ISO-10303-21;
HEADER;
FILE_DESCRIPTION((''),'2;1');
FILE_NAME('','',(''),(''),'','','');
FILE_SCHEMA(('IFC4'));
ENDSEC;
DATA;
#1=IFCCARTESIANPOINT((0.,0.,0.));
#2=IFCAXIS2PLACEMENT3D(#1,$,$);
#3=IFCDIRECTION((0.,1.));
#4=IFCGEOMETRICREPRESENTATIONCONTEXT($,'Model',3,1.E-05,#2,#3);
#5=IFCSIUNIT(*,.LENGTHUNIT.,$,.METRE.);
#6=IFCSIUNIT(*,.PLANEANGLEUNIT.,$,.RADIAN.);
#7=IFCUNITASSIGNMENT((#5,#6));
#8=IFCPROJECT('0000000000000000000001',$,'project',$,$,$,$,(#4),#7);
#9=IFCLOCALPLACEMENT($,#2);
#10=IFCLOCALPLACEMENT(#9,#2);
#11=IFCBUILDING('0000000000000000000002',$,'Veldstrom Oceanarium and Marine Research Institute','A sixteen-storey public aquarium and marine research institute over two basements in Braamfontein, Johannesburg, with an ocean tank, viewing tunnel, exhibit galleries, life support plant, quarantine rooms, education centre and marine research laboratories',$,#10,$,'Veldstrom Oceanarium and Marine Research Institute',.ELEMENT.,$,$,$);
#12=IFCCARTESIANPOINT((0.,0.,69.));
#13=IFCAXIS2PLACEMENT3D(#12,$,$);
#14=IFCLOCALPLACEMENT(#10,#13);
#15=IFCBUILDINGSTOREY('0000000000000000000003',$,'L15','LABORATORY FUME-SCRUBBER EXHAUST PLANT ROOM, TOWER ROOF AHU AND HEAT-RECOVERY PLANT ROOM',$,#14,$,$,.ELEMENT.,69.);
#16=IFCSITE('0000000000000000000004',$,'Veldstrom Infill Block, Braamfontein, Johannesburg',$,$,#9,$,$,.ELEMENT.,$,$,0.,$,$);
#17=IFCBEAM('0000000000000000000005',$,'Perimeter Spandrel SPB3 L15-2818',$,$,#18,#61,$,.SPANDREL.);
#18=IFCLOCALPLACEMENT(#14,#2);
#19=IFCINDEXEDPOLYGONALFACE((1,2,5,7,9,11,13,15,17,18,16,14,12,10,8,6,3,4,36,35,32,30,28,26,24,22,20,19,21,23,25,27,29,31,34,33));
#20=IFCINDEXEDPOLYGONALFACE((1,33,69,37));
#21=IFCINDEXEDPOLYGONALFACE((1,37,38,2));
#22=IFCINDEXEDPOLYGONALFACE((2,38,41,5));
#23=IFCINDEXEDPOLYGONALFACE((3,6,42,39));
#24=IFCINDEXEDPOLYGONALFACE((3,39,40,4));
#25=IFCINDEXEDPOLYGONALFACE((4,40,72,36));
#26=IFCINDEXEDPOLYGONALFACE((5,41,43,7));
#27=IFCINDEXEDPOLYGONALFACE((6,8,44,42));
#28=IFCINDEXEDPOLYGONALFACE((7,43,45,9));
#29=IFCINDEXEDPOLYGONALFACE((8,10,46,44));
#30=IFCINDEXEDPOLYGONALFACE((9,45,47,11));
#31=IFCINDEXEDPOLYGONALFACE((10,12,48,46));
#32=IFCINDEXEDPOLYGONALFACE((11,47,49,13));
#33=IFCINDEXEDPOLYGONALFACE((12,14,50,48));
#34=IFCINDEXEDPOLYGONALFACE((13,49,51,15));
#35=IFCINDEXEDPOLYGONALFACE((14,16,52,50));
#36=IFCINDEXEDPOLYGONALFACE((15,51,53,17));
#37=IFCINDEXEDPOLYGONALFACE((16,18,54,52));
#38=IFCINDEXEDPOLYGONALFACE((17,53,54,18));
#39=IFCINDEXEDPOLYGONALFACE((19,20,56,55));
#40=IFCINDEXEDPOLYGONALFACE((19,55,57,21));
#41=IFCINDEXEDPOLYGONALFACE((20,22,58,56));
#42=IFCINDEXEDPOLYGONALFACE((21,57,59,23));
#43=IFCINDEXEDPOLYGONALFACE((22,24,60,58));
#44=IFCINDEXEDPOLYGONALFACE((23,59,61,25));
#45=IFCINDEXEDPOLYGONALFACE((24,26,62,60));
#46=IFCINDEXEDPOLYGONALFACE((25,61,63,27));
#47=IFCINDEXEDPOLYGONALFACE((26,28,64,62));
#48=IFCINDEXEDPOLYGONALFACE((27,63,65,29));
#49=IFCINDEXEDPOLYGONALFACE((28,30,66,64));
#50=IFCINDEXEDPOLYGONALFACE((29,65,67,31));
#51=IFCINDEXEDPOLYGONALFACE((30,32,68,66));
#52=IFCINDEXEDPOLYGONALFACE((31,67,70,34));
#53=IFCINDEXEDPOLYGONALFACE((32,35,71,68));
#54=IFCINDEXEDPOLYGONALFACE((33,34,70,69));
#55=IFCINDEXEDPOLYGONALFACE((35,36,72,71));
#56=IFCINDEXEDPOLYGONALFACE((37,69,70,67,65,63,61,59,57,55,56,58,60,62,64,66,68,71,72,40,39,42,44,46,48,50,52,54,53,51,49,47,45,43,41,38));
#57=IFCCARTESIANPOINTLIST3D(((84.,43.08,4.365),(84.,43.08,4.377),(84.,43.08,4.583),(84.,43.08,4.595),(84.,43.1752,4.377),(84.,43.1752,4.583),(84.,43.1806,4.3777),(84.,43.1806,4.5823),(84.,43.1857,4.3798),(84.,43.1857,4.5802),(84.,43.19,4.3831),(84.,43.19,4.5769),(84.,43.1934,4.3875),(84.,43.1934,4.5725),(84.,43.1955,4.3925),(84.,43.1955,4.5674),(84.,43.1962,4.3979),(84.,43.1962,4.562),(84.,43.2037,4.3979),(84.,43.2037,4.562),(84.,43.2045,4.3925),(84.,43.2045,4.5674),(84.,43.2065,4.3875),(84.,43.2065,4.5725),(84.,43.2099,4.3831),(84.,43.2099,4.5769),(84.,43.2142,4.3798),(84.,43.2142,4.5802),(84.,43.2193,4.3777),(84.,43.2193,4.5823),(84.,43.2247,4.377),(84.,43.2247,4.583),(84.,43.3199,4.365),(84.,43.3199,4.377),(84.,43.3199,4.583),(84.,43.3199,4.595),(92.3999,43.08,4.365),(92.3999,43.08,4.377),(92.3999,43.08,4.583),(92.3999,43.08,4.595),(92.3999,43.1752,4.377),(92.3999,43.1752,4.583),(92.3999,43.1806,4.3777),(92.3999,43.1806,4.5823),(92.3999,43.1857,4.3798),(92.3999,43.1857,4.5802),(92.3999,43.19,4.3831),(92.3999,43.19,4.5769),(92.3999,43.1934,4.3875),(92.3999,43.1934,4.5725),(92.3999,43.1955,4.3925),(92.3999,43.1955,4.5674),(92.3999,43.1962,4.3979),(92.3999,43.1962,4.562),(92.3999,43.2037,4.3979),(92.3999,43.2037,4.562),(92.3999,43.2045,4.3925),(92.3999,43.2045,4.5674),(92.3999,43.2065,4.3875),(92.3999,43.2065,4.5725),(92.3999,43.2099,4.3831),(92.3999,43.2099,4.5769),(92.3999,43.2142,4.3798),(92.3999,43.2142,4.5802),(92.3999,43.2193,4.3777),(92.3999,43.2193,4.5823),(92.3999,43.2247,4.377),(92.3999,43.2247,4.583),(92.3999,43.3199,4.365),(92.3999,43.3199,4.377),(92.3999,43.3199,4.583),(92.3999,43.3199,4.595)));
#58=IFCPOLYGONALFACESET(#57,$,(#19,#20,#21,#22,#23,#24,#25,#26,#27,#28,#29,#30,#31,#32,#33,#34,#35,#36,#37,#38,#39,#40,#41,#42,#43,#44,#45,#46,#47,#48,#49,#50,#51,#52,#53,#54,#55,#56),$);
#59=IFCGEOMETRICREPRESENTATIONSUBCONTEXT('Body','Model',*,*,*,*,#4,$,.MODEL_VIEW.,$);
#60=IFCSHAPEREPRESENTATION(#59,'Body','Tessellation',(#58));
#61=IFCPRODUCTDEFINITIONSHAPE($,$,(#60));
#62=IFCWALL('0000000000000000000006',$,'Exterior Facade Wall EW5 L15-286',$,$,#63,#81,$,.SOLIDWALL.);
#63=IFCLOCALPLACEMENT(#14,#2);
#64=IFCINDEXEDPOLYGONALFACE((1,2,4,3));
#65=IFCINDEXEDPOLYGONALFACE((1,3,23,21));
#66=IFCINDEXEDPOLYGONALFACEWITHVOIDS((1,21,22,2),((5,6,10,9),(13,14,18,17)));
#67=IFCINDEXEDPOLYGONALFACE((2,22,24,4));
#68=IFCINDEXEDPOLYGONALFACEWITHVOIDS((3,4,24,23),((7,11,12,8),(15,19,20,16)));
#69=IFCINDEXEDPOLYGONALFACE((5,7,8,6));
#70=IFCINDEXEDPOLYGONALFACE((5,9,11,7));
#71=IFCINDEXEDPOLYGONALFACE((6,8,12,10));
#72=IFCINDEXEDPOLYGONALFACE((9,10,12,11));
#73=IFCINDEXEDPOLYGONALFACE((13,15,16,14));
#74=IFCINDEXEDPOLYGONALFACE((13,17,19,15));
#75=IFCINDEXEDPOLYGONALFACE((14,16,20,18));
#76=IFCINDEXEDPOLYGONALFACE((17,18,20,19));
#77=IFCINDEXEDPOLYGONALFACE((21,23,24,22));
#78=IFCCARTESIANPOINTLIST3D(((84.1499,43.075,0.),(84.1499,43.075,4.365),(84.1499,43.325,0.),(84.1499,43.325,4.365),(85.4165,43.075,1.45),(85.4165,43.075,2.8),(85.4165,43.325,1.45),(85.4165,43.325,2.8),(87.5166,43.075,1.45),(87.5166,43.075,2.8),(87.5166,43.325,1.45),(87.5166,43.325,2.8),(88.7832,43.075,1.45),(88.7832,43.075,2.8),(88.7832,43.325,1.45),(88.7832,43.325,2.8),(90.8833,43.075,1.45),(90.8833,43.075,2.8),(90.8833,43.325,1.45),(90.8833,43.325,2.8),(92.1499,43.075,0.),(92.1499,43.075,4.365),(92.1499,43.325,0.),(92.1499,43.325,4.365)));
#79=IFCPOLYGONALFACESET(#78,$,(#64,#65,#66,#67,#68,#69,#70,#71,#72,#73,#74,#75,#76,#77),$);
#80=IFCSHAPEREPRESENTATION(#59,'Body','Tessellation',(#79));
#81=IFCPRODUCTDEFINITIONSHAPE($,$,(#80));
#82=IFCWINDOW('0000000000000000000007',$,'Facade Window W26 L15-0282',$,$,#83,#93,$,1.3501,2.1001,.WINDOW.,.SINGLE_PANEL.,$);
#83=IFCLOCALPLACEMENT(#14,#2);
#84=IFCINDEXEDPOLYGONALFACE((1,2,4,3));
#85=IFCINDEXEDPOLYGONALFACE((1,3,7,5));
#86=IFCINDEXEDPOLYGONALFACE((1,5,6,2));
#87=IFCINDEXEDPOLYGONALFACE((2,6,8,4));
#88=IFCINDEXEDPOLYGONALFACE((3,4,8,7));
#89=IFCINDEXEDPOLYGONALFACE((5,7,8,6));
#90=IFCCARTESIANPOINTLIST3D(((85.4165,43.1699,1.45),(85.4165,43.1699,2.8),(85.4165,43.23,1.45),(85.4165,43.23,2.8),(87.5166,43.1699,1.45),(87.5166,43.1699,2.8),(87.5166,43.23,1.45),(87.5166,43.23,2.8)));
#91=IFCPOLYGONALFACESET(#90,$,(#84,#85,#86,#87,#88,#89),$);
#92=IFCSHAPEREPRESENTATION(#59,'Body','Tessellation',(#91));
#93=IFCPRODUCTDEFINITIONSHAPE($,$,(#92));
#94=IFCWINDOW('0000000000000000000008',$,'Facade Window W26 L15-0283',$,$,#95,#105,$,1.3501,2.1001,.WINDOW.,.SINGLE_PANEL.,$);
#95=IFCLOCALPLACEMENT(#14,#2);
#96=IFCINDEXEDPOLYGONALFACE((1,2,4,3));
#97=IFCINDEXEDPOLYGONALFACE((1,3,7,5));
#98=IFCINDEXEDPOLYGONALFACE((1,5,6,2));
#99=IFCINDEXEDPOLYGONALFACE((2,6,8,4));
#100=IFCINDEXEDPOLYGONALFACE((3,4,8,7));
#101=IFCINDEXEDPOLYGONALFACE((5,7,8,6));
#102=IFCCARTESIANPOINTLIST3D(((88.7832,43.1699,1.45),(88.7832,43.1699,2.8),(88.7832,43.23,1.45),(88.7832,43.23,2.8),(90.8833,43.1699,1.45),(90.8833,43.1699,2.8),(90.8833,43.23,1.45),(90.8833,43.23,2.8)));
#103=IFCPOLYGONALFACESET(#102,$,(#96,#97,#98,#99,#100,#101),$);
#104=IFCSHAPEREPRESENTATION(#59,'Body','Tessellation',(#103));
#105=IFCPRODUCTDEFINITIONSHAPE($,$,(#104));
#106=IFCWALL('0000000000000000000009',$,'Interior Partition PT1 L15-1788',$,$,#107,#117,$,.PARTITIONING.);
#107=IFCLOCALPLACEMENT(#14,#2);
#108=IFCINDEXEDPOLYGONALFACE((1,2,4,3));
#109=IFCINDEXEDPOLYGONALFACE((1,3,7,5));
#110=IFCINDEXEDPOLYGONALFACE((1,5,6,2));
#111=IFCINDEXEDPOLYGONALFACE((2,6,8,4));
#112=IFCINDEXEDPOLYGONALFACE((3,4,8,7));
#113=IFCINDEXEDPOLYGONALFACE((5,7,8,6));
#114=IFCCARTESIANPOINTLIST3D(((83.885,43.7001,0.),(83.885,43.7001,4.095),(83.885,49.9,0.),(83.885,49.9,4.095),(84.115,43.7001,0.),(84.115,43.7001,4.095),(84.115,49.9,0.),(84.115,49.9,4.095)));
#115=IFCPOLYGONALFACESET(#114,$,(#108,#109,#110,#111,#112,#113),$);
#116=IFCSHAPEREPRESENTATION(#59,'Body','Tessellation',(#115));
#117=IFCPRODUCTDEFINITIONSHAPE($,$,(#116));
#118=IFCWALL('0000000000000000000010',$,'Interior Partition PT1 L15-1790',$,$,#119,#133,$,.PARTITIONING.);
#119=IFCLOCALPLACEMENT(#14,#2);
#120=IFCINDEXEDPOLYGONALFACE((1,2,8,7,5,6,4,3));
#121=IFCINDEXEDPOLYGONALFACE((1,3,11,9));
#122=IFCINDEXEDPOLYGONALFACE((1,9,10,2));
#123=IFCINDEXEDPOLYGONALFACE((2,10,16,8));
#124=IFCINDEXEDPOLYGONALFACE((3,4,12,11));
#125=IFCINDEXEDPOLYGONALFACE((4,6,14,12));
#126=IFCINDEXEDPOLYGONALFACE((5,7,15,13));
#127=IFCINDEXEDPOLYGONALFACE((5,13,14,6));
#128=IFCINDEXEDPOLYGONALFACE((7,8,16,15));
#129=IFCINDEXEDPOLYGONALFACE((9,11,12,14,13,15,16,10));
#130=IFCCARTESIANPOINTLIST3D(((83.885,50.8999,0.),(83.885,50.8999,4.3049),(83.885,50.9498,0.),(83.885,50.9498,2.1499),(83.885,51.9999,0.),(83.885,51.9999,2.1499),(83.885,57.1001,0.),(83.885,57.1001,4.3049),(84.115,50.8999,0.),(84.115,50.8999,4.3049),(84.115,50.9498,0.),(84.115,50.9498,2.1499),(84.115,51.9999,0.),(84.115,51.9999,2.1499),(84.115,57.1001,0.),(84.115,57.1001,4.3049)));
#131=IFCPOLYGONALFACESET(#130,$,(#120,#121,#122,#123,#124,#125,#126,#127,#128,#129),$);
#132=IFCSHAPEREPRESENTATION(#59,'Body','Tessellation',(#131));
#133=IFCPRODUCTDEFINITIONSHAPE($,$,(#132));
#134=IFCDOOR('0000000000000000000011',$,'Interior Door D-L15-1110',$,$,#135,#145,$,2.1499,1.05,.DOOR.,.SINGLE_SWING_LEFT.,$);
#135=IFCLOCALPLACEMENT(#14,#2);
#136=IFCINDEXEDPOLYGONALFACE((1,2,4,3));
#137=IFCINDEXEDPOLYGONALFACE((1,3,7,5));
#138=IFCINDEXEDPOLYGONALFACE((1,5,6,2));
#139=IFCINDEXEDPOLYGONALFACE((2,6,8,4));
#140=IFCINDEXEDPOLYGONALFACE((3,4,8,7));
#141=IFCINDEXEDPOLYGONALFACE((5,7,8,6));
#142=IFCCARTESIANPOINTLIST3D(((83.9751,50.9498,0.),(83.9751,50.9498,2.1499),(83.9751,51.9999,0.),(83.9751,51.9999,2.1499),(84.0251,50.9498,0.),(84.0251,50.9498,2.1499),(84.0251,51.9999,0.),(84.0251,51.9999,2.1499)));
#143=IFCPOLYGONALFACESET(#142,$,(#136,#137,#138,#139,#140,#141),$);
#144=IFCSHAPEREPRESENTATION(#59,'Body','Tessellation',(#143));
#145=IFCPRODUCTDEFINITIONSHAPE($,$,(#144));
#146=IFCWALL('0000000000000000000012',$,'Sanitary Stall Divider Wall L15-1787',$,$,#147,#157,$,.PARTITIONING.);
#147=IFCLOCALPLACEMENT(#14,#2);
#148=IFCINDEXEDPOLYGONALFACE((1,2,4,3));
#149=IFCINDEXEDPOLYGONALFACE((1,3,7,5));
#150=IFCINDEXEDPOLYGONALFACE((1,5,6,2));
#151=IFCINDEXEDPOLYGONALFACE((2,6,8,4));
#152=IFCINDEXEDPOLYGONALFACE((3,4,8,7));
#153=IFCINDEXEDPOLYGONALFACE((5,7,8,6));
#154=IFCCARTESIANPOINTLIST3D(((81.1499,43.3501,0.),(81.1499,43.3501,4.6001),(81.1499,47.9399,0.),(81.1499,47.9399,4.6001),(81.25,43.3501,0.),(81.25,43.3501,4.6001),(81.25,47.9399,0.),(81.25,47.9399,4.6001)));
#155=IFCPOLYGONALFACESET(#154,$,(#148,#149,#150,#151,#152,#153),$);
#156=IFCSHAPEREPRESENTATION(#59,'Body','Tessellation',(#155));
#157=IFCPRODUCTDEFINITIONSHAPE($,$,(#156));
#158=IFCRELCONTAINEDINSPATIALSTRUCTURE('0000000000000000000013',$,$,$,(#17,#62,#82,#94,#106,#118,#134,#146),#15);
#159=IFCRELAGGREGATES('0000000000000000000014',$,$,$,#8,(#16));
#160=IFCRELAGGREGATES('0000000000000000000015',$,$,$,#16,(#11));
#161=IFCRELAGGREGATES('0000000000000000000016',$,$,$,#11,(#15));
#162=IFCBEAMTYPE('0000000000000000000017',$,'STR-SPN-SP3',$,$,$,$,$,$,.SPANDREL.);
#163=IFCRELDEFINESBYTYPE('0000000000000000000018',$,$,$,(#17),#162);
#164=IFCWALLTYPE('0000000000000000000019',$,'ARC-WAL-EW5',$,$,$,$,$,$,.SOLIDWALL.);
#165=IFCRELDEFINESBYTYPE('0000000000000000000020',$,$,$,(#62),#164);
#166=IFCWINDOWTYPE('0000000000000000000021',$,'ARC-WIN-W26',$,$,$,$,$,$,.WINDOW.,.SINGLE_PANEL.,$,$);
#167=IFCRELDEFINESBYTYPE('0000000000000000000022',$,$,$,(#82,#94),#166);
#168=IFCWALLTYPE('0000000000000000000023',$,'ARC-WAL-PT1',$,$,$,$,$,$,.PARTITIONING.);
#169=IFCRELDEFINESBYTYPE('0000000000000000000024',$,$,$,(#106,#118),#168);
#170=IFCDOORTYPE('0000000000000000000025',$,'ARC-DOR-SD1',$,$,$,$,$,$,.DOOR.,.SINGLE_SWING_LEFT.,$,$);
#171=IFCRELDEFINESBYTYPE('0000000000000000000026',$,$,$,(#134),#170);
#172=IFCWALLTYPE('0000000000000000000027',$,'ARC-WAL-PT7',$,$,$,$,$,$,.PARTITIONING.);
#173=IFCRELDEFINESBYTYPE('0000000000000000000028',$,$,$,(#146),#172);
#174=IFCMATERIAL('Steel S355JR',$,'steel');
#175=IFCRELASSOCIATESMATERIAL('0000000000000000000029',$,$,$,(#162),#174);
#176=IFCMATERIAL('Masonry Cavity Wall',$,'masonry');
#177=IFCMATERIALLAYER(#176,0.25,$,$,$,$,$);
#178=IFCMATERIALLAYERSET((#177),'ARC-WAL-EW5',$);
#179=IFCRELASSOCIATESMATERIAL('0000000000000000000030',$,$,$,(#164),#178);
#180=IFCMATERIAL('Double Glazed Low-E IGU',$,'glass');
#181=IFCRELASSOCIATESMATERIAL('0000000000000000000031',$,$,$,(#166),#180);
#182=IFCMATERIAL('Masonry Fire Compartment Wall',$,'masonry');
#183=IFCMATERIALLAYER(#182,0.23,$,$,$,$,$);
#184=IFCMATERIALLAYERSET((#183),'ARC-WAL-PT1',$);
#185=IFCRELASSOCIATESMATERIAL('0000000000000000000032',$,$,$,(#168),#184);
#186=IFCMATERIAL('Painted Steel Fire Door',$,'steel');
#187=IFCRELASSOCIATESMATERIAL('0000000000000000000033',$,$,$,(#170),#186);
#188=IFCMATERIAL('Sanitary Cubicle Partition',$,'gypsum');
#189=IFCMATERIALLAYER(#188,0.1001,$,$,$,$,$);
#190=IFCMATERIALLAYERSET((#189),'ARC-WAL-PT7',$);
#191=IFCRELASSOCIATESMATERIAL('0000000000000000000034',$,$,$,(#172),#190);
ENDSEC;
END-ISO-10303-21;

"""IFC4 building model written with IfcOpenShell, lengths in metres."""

from ifc_helpers import new_model, si_unit, direction, frame, frame_2d, origin, origin_2d, place, context, subcontext, project, spatial, rectangle, i_section, extrude, material, layer, layer_set, material_profile, profile_set, type_object, element, fill, save


model = new_model("IFC4")

# Units and contexts
model_context = context("Model", 3, precision=1e-05, world=origin(), true_north=direction((0.0, 1.0)))
body_context = subcontext(model_context, "Body", "Model", "MODEL_VIEW")
ifc_project = project(units=[si_unit("LENGTHUNIT", "METRE"), si_unit("PLANEANGLEUNIT", "RADIAN")], contexts=[model_context])

# Site, building, storey
site_placement = place(None, origin())
site = spatial("IfcSite", under=ifc_project, at=site_placement, Name="Veldstrom Infill Block, Braamfontein, Johannesburg", CompositionType="ELEMENT", RefElevation=0.0)
building_placement = place(site_placement, origin())
building = spatial("IfcBuilding", under=site, at=building_placement, Name="Veldstrom Oceanarium and Marine Research Institute", Description="A sixteen-storey public aquarium and marine research institute over two basements in Braamfontein, Johannesburg, with an ocean tank, viewing tunnel, exhibit galleries, life support plant, quarantine rooms, education centre and marine research laboratories", LongName="Veldstrom Oceanarium and Marine Research Institute", CompositionType="ELEMENT")
storey_placement = place(building_placement, frame((0.0, 0.0, 69.0)))
storey = spatial("IfcBuildingStorey", under=building, at=storey_placement, Name="L15", Description="LABORATORY FUME-SCRUBBER EXHAUST PLANT ROOM, TOWER ROOF AHU AND HEAT-RECOVERY PLANT ROOM", CompositionType="ELEMENT", Elevation=69.0)

# Beam
ifc_material_1 = material(Name="Steel S355JR", Category="steel")
ifc_material_profile_1 = material_profile(ifc_material_1, i_section(OverallWidth=0.24, OverallDepth=0.23, WebThickness=0.0076, FlangeThickness=0.012, FilletRadius=0.021, at=origin_2d()), Name="HEA 240")
ifc_profile_set_1 = profile_set([ifc_material_profile_1], Name="Steel S355JR")
beam_type_1 = type_object("IfcBeamType", Name="STR-SPN-SP3", PredefinedType="SPANDREL", material=ifc_profile_set_1)
beam_1_placement = place(storey_placement, frame((84.0, 43.2, 4.48), z_axis=(1.0, 0.0, 0.0), x_axis=(0.0, 1.0, 0.0)))
element("IfcBeam", 1, at=beam_1_placement, inside=storey, type_object=beam_type_1, Name="Perimeter Spandrel SPB3 L15-2818", PredefinedType="SPANDREL", context=body_context, shape_type="SweptSolid", body=[
    extrude(i_section(OverallWidth=0.24, OverallDepth=0.23, WebThickness=0.0076, FlangeThickness=0.012, FilletRadius=0.021, at=origin_2d()), origin(), (0.0, 0.0, 1.0), 8.3999),
])

# Wall, openings, windows
ifc_material_2 = material(Name="Masonry Cavity Wall", Category="masonry")
ifc_layer_1 = layer(ifc_material_2, 0.25)
ifc_layer_set_1 = layer_set([ifc_layer_1], Name="ARC-WAL-EW5")
wall_type_1 = type_object("IfcWallType", Name="ARC-WAL-EW5", PredefinedType="SOLIDWALL", material=ifc_layer_set_1)
wall_1_placement = place(storey_placement, frame((84.1499, 43.2, 0.0), z_axis=(0.0, 0.0, 1.0), x_axis=(1.0, 0.0, 0.0)))
wall_1 = element("IfcWall", 2, at=wall_1_placement, inside=storey, type_object=wall_type_1, Name="Exterior Facade Wall EW5 L15-286", PredefinedType="SOLIDWALL", context=body_context, shape_type="SweptSolid", body=[
    extrude(rectangle(XDim=8.0, YDim=0.25, at=frame_2d((4.0, 0.0))), origin(), (0.0, 0.0, 1.0), 4.365),
])
opening_1_placement = place(wall_1_placement, frame((1.2666, 0.0, 1.45)))
opening_1 = element("IfcOpeningElement", 3, at=opening_1_placement, cuts=wall_1, PredefinedType="OPENING", context=body_context, shape_type="SweptSolid", body=[
    extrude(rectangle(XDim=2.1001, YDim=1.3501, at=frame_2d((1.05, 0.675))), frame((0.0, 0.135, 0.0), z_axis=(0.0, -1.0, 0.0), x_axis=(1.0, 0.0, 0.0)), (0.0, 0.0, 1.0), 0.27),
])
opening_2_placement = place(wall_1_placement, frame((4.6333, 0.0, 1.45)))
opening_2 = element("IfcOpeningElement", 4, at=opening_2_placement, cuts=wall_1, PredefinedType="OPENING", context=body_context, shape_type="SweptSolid", body=[
    extrude(rectangle(XDim=2.1001, YDim=1.3501, at=frame_2d((1.05, 0.675))), frame((0.0, 0.135, 0.0), z_axis=(0.0, -1.0, 0.0), x_axis=(1.0, 0.0, 0.0)), (0.0, 0.0, 1.0), 0.27),
])
ifc_material_3 = material(Name="Double Glazed Low-E IGU", Category="glass")
window_type = type_object("IfcWindowType", Name="ARC-WIN-W26", PartitioningType="SINGLE_PANEL", PredefinedType="WINDOW", material=ifc_material_3)
window_1_placement = place(opening_1_placement, origin())
window_1 = element("IfcWindow", 5, at=window_1_placement, inside=storey, type_object=window_type, Name="Facade Window W26 L15-0282", OverallHeight=1.3501, OverallWidth=2.1001, PartitioningType="SINGLE_PANEL", PredefinedType="WINDOW", context=body_context, shape_type="SweptSolid", body=[
    extrude(rectangle(XDim=2.1001, YDim=1.3501, at=frame_2d((1.05, 0.675))), frame((0.0, 0.03, 0.0), z_axis=(0.0, -1.0, 0.0), x_axis=(1.0, 0.0, 0.0)), (0.0, 0.0, 1.0), 0.0601),
])
fill(opening_1, window_1)
window_2_placement = place(opening_2_placement, origin())
window_2 = element("IfcWindow", 6, at=window_2_placement, inside=storey, type_object=window_type, Name="Facade Window W26 L15-0283", OverallHeight=1.3501, OverallWidth=2.1001, PartitioningType="SINGLE_PANEL", PredefinedType="WINDOW", context=body_context, shape_type="SweptSolid", body=[
    extrude(rectangle(XDim=2.1001, YDim=1.3501, at=frame_2d((1.05, 0.675))), frame((0.0, 0.03, 0.0), z_axis=(0.0, -1.0, 0.0), x_axis=(1.0, 0.0, 0.0)), (0.0, 0.0, 1.0), 0.0601),
])
fill(opening_2, window_2)

# Wall
ifc_material_4 = material(Name="Masonry Fire Compartment Wall", Category="masonry")
ifc_layer_2 = layer(ifc_material_4, 0.23)
ifc_layer_set_2 = layer_set([ifc_layer_2], Name="ARC-WAL-PT1")
wall_type_2 = type_object("IfcWallType", Name="ARC-WAL-PT1", PredefinedType="PARTITIONING", material=ifc_layer_set_2)
wall_2_placement = place(storey_placement, frame((84.0, 43.7, 0.0), z_axis=(0.0, 0.0, 1.0), x_axis=(0.0, 1.0, 0.0)))
element("IfcWall", 7, at=wall_2_placement, inside=storey, type_object=wall_type_2, Name="Interior Partition PT1 L15-1788", PredefinedType="PARTITIONING", context=body_context, shape_type="SweptSolid", body=[
    extrude(rectangle(XDim=6.2, YDim=0.23, at=frame_2d((3.1001, 0.0))), origin(), (0.0, 0.0, 1.0), 4.095),
])

# Wall, opening, door
wall_3_placement = place(storey_placement, frame((84.0, 50.8999, 0.0), z_axis=(0.0, 0.0, 1.0), x_axis=(0.0, 1.0, 0.0)))
wall_3 = element("IfcWall", 8, at=wall_3_placement, inside=storey, type_object=wall_type_2, Name="Interior Partition PT1 L15-1790", PredefinedType="PARTITIONING", context=body_context, shape_type="SweptSolid", body=[
    extrude(rectangle(XDim=6.2002, YDim=0.23, at=frame_2d((3.1001, 0.0))), origin(), (0.0, 0.0, 1.0), 4.3049),
])
opening_3_placement = place(wall_3_placement, frame((0.05, 0.0, 0.0)))
opening_3 = element("IfcOpeningElement", 9, at=opening_3_placement, cuts=wall_3, PredefinedType="OPENING", context=body_context, shape_type="SweptSolid", body=[
    extrude(rectangle(XDim=1.05, YDim=2.1499, at=frame_2d((0.5249, 1.075))), frame((0.0, 0.125, 0.0), z_axis=(0.0, -1.0, 0.0), x_axis=(1.0, 0.0, 0.0)), (0.0, 0.0, 1.0), 0.25),
])
ifc_material_5 = material(Name="Painted Steel Fire Door", Category="steel")
door_type_1 = type_object("IfcDoorType", Name="ARC-DOR-SD1", OperationType="SINGLE_SWING_LEFT", PredefinedType="DOOR", material=ifc_material_5)
door_1_placement = place(opening_3_placement, origin())
door_1 = element("IfcDoor", 10, at=door_1_placement, inside=storey, type_object=door_type_1, Name="Interior Door D-L15-1110", OperationType="SINGLE_SWING_LEFT", OverallHeight=2.1499, OverallWidth=1.05, PredefinedType="DOOR", context=body_context, shape_type="SweptSolid", body=[
    extrude(rectangle(XDim=1.05, YDim=2.1499, at=frame_2d((0.5249, 1.075))), frame((0.0, 0.0249, 0.0), z_axis=(0.0, -1.0, 0.0), x_axis=(1.0, 0.0, 0.0)), (0.0, 0.0, 1.0), 0.05),
])
fill(opening_3, door_1)

# Wall
ifc_material_6 = material(Name="Sanitary Cubicle Partition", Category="gypsum")
ifc_layer_3 = layer(ifc_material_6, 0.1001)
ifc_layer_set_3 = layer_set([ifc_layer_3], Name="ARC-WAL-PT7")
wall_type_3 = type_object("IfcWallType", Name="ARC-WAL-PT7", PredefinedType="PARTITIONING", material=ifc_layer_set_3)
wall_4_placement = place(storey_placement, frame((81.2, 43.3501, 0.0), z_axis=(0.0, 0.0, 1.0), x_axis=(0.0, 1.0, 0.0)))
element("IfcWall", 11, at=wall_4_placement, inside=storey, type_object=wall_type_3, Name="Sanitary Stall Divider Wall L15-1787", PredefinedType="PARTITIONING", context=body_context, shape_type="SweptSolid", body=[
    extrude(rectangle(XDim=4.5898, YDim=0.1001, at=frame_2d((2.2949, 0.0))), origin(), (0.0, 0.0, 1.0), 4.6001),
])

save(model, "model.ifc")
